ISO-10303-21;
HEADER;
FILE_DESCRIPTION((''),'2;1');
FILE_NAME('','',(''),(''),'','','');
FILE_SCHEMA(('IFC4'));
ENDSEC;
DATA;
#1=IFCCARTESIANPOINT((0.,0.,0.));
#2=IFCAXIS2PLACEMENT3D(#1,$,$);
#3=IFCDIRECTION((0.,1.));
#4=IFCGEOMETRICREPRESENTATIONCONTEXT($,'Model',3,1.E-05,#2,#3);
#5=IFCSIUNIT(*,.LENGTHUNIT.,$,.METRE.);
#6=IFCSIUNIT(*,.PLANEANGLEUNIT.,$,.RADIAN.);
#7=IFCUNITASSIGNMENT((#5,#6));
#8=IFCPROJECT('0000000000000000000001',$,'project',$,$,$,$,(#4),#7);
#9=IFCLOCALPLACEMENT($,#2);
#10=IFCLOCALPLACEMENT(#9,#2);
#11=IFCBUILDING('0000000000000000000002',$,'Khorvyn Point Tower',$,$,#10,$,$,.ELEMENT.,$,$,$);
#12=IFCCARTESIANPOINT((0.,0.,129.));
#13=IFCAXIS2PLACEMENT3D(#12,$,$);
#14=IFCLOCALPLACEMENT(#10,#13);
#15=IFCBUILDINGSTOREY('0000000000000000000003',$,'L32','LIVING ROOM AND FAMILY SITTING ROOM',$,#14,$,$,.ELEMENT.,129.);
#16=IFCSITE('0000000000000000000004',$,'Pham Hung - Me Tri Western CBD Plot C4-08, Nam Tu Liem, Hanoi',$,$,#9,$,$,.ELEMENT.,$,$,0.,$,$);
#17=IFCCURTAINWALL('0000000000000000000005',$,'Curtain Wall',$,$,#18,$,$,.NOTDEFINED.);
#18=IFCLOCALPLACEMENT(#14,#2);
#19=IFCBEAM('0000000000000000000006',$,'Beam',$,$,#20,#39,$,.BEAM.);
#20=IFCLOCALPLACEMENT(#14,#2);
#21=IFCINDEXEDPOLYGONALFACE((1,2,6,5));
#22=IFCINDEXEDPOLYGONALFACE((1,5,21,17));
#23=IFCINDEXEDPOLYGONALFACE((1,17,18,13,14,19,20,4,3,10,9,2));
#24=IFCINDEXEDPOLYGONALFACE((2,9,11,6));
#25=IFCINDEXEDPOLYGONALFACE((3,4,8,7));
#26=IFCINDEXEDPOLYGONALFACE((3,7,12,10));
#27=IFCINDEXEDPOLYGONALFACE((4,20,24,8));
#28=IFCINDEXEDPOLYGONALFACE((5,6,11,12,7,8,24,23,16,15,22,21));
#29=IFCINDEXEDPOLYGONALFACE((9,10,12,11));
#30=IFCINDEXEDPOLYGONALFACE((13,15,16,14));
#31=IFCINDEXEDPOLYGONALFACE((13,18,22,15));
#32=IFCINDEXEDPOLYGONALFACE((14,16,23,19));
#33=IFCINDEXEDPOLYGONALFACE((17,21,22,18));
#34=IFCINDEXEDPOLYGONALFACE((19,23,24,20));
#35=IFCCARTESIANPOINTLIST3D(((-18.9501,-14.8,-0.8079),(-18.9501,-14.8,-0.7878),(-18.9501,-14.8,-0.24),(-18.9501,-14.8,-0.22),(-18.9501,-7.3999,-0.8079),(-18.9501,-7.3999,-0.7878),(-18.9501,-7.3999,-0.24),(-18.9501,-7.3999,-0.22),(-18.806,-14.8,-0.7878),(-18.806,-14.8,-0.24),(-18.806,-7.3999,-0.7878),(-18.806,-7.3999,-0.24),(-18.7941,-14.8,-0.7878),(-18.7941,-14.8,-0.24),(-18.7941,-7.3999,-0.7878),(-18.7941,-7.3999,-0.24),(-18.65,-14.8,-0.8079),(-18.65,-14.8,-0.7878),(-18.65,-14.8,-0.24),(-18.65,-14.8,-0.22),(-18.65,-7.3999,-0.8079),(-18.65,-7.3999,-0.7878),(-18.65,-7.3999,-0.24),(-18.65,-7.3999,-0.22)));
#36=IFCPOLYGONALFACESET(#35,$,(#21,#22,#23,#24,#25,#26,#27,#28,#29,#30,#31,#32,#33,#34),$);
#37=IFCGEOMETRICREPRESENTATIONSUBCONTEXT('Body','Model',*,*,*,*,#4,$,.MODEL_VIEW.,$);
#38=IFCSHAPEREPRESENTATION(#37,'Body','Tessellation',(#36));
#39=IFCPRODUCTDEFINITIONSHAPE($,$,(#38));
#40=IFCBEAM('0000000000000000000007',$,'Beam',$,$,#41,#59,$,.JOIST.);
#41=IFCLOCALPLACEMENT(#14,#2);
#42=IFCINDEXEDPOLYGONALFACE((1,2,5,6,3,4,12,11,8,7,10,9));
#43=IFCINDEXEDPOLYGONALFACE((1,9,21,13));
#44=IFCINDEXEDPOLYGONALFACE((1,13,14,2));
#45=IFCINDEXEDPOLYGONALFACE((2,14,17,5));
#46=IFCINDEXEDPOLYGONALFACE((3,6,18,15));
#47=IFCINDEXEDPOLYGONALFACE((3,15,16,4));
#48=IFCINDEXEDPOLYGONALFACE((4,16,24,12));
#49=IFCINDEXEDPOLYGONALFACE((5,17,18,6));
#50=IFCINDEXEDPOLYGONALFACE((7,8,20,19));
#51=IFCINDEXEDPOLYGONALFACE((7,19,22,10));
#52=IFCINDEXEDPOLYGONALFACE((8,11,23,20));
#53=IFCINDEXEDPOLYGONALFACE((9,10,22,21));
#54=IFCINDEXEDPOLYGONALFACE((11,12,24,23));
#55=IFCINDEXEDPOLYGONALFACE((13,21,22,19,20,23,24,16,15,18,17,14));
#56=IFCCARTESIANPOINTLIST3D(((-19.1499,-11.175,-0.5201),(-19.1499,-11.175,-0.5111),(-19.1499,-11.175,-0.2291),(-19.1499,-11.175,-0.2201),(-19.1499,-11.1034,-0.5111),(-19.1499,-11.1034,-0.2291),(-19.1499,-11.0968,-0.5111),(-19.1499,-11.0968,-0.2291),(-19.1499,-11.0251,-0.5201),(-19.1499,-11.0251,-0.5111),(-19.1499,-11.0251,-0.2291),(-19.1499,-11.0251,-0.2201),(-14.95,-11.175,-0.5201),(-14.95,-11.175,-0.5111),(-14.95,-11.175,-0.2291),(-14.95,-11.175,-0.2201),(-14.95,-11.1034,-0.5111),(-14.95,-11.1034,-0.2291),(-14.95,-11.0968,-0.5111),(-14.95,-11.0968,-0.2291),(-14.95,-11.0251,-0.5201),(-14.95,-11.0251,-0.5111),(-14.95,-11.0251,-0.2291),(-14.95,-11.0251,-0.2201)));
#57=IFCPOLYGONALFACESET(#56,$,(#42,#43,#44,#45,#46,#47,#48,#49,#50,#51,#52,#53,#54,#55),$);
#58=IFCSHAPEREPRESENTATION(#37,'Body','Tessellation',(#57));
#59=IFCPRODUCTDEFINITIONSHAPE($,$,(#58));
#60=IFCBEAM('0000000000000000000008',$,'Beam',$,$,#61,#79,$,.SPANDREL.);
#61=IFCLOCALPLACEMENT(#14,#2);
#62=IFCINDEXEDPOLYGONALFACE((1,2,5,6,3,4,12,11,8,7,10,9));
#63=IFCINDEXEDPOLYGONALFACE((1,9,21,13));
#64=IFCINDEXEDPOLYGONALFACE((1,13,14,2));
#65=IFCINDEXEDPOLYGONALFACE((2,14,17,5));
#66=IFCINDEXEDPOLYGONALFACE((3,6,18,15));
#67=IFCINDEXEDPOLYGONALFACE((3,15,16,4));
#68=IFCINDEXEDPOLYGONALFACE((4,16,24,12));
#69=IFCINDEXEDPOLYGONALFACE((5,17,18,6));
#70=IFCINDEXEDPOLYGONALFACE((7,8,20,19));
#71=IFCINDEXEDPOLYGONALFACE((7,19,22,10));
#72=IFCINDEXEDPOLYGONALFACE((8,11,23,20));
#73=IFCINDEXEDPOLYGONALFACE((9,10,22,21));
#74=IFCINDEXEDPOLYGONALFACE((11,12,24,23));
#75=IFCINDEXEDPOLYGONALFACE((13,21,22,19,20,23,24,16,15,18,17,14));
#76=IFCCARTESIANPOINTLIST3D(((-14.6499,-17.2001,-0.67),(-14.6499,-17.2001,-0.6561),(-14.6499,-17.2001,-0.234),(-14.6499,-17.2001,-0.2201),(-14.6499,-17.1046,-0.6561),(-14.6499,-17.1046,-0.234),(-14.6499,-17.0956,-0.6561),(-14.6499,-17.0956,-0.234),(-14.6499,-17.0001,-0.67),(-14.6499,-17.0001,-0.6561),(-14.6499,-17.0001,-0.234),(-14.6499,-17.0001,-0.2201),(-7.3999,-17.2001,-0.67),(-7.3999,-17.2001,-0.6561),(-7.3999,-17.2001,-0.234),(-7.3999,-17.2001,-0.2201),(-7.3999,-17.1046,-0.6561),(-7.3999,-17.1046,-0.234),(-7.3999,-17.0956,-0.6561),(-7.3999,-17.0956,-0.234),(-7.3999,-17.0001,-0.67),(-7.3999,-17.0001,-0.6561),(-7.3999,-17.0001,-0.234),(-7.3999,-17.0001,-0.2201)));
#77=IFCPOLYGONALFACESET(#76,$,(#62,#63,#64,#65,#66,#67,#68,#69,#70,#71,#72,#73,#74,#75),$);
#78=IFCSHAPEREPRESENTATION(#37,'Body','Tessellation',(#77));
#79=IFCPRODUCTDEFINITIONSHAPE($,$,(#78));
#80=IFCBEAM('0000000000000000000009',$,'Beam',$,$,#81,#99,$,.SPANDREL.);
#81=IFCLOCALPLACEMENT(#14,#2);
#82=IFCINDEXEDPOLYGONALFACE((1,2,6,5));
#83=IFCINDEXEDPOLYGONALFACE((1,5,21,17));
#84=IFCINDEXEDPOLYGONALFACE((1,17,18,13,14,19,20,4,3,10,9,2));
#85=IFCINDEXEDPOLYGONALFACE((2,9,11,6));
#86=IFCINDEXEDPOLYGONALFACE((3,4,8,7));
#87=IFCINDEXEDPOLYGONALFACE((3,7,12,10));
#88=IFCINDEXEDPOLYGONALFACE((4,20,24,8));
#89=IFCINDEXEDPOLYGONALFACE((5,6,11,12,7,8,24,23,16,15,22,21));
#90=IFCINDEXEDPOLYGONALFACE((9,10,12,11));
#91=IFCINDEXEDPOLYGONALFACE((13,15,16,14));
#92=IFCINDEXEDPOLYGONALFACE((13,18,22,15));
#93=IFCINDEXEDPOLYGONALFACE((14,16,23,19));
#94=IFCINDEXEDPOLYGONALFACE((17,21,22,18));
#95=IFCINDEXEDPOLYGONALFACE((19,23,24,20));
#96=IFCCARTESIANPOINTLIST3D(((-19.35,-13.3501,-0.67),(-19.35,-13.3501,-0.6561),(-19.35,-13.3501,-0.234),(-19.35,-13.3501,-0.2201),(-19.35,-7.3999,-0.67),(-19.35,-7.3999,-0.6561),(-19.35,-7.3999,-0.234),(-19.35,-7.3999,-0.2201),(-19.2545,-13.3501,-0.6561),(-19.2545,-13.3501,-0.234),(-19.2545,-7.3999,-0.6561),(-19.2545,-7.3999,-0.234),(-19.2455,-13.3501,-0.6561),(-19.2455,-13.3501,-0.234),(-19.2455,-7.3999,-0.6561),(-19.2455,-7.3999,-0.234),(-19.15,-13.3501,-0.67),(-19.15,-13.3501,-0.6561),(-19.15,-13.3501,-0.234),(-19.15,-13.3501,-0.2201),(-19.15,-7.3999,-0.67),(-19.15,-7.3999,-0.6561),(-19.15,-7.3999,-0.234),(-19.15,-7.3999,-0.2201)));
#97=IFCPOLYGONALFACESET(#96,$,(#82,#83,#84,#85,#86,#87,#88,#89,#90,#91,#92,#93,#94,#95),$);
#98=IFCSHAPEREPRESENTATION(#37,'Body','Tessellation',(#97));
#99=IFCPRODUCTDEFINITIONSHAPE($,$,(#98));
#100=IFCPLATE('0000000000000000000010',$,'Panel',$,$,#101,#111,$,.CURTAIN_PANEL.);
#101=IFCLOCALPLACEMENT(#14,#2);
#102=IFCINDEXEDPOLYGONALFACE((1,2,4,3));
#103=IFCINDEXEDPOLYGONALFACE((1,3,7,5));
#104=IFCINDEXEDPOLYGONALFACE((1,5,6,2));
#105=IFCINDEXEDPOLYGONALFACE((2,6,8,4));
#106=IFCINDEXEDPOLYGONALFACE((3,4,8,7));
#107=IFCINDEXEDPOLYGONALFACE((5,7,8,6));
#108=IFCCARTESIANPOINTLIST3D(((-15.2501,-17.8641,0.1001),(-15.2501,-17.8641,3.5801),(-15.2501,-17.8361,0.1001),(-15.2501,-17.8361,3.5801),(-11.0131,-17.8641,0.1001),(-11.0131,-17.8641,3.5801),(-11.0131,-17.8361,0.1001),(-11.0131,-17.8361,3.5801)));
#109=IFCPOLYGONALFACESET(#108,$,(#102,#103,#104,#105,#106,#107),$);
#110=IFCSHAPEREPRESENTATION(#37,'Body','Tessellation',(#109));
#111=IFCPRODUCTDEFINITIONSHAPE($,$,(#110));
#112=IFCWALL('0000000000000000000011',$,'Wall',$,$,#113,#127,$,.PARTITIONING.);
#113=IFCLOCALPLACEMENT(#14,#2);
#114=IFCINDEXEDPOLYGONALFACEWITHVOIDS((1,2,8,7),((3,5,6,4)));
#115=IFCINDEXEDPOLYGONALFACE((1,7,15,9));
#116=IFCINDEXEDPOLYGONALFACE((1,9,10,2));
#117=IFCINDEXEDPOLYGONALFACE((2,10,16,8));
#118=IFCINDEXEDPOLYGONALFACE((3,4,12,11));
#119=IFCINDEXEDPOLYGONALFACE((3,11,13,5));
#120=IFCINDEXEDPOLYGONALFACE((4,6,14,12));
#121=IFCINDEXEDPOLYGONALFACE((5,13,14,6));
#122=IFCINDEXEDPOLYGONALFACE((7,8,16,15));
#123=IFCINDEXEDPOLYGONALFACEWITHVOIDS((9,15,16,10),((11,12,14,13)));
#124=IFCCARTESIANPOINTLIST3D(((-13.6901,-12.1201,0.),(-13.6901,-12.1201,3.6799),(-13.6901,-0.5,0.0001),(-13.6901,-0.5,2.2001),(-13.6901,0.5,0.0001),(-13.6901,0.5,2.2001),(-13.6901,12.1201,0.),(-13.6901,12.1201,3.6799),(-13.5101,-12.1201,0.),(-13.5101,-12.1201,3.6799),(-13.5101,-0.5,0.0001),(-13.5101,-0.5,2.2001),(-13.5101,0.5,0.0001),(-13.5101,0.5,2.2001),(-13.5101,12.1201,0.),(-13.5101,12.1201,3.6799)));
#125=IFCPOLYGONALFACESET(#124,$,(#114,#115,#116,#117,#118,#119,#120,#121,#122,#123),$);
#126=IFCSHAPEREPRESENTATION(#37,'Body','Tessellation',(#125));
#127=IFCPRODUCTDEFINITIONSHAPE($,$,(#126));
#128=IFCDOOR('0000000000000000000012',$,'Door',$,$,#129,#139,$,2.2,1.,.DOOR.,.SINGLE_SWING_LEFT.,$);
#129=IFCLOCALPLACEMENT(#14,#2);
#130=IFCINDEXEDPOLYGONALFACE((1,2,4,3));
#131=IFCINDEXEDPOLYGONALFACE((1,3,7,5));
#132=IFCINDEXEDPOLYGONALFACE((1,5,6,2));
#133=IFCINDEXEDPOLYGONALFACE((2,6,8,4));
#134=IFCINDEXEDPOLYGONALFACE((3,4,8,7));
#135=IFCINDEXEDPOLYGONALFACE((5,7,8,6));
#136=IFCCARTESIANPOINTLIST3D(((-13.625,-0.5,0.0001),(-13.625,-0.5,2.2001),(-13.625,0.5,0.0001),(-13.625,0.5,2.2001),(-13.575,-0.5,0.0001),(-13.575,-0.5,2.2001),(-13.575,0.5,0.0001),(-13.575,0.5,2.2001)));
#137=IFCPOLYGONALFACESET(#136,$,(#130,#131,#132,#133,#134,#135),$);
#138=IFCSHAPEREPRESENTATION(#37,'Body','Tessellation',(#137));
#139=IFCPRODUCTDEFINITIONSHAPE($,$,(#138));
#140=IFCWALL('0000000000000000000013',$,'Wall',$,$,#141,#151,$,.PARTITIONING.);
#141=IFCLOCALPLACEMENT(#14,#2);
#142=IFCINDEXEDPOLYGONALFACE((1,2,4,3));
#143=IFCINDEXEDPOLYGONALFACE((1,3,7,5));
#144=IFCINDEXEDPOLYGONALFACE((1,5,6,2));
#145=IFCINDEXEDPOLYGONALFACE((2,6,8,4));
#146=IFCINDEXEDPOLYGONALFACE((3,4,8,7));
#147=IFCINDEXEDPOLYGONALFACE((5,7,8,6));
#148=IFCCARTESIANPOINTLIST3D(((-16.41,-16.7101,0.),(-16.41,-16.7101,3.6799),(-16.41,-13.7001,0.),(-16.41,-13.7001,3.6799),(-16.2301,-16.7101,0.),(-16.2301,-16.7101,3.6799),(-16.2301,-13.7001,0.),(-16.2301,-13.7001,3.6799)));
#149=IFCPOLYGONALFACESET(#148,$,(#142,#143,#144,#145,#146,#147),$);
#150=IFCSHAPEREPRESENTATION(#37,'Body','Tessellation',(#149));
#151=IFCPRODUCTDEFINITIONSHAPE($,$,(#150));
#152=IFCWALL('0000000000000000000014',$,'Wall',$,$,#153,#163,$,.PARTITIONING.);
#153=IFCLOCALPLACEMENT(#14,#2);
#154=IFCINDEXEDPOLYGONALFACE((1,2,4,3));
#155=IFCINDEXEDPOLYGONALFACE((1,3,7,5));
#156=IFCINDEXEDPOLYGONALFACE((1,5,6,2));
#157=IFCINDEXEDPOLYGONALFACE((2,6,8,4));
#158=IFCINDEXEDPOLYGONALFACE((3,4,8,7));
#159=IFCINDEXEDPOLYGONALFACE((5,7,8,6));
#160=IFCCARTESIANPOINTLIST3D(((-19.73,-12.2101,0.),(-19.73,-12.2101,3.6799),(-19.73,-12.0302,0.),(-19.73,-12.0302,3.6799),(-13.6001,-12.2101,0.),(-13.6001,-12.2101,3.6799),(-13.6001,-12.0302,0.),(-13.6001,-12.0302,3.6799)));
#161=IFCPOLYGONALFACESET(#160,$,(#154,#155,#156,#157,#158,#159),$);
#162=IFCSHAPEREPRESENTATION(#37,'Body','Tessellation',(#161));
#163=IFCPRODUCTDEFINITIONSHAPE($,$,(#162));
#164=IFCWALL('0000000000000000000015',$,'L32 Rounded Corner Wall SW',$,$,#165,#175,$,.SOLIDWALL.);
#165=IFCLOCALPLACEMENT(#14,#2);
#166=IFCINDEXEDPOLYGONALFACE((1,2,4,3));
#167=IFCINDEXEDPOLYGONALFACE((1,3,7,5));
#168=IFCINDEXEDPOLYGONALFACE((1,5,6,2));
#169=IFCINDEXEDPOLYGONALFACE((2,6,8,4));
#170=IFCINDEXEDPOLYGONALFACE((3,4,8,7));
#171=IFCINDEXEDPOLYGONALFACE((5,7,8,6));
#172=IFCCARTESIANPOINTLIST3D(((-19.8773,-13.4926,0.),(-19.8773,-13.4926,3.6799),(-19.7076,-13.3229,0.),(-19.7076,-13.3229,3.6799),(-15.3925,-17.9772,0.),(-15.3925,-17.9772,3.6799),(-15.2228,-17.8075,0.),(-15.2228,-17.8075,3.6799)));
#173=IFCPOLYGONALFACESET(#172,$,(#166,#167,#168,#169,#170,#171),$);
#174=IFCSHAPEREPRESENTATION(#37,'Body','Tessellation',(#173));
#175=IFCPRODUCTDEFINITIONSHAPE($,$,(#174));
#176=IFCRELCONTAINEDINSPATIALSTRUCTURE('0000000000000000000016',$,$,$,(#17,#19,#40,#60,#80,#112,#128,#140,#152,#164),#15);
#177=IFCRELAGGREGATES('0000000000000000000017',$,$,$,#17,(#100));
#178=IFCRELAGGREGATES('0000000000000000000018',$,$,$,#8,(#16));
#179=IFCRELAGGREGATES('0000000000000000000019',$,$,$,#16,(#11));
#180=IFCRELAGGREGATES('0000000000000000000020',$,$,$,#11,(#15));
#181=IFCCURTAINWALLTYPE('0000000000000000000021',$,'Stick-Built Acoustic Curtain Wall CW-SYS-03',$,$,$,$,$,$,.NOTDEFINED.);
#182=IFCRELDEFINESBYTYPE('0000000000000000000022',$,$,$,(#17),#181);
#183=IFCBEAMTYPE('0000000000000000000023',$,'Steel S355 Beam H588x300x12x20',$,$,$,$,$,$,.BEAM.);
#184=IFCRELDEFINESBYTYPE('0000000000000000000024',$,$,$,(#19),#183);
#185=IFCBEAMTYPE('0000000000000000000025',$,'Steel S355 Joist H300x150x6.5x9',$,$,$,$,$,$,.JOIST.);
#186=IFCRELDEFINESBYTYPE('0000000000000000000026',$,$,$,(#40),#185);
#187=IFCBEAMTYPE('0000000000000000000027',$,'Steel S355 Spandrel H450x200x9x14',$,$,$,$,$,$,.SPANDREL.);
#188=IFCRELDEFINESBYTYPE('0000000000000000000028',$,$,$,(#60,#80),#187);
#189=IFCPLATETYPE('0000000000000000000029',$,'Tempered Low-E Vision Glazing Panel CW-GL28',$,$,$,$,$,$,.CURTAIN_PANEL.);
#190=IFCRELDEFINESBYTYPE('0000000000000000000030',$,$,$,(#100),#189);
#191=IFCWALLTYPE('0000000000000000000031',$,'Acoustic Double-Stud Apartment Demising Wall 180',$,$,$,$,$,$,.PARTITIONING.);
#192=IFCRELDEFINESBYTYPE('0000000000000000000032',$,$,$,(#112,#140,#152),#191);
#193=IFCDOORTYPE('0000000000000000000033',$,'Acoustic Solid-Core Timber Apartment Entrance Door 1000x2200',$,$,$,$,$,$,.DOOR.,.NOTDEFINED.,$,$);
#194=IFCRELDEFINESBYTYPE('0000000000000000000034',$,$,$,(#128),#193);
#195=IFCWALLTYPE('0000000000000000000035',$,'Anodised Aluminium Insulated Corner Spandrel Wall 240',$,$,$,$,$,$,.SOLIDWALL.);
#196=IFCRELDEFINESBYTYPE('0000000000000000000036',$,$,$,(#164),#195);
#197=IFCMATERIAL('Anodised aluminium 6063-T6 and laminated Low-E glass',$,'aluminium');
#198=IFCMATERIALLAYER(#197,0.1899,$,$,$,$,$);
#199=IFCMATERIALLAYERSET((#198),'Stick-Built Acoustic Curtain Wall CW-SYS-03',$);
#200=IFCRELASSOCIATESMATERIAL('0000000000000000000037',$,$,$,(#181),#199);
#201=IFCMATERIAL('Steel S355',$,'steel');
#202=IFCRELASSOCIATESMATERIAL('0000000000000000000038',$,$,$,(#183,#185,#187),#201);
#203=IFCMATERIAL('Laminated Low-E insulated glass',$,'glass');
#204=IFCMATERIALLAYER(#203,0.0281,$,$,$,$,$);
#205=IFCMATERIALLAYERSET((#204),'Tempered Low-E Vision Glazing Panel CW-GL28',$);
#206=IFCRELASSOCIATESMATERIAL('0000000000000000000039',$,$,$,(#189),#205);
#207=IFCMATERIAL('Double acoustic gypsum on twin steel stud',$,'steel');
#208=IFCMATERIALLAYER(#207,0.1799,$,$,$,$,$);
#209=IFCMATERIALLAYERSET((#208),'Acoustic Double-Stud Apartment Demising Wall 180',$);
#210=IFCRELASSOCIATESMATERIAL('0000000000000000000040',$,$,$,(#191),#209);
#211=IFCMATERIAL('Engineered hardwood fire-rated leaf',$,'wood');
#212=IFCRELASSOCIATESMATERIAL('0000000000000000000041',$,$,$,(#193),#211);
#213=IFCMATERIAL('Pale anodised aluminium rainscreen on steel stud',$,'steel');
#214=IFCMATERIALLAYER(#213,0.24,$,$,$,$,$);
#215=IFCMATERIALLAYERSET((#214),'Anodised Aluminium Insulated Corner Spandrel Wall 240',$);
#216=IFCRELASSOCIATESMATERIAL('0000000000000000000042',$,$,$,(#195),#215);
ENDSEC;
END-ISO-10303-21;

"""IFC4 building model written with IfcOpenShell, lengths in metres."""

from ifc_helpers import new_model, si_unit, direction, frame, frame_2d, origin, origin_2d, place, context, subcontext, project, spatial, rectangle, i_section, extrude, material, layer, layer_set, material_profile, profile_set, type_object, element, fill, aggregate, save


model = new_model("IFC4")

# Units and contexts
model_context = context("Model", 3, precision=1e-05, world=origin(), true_north=direction((0.0, 1.0)))
body_context = subcontext(model_context, "Body", "Model", "MODEL_VIEW")
ifc_project = project(units=[si_unit("LENGTHUNIT", "METRE"), si_unit("PLANEANGLEUNIT", "RADIAN")], contexts=[model_context])

# Site, building, storey
site_placement = place(None, origin())
site = spatial("IfcSite", under=ifc_project, at=site_placement, Name="Pham Hung - Me Tri Western CBD Plot C4-08, Nam Tu Liem, Hanoi", CompositionType="ELEMENT", RefElevation=0.0)
building_placement = place(site_placement, origin())
building = spatial("IfcBuilding", under=site, at=building_placement, Name="Khorvyn Point Tower", CompositionType="ELEMENT")
storey_placement = place(building_placement, frame((0.0, 0.0, 129.0)))
storey = spatial("IfcBuildingStorey", under=building, at=storey_placement, Name="L32", Description="LIVING ROOM AND FAMILY SITTING ROOM", CompositionType="ELEMENT", Elevation=129.0)

# Curtain wall
ifc_material_1 = material(Name="Anodised aluminium 6063-T6 and laminated Low-E glass", Category="aluminium")
ifc_layer_1 = layer(ifc_material_1, 0.1899)
ifc_layer_set_1 = layer_set([ifc_layer_1], Name="Stick-Built Acoustic Curtain Wall CW-SYS-03")
curtain_wall_type = type_object("IfcCurtainWallType", Name="Stick-Built Acoustic Curtain Wall CW-SYS-03", PredefinedType="NOTDEFINED", material=ifc_layer_set_1)
curtain_wall_1_placement = place(storey_placement, origin())
curtain_wall_1 = element("IfcCurtainWall", 1, at=curtain_wall_1_placement, inside=storey, type_object=curtain_wall_type, Name="Curtain Wall", PredefinedType="NOTDEFINED")

# Beams
ifc_material_2 = material(Name="Steel S355", Category="steel")
ifc_material_profile_1 = material_profile(ifc_material_2, i_section(OverallWidth=0.3, OverallDepth=0.5879, WebThickness=0.012, FlangeThickness=0.02, at=origin_2d()))
ifc_profile_set_1 = profile_set([ifc_material_profile_1], Name="Steel S355 H588x300x12x20")
beam_type_1 = type_object("IfcBeamType", Name="Steel S355 Beam H588x300x12x20", PredefinedType="BEAM", material=ifc_profile_set_1)
for number, where, z_axis, x_axis, name in (
    (2, (-18.8, -14.8, -0.5139), (0.0, 1.0, 0.0), (-1.0, 0.0, 0.0), "Beam"),
):
    element("IfcBeam", number, at=place(storey_placement, frame(where, z_axis=z_axis, x_axis=x_axis)), inside=storey, type_object=beam_type_1, Name=name, PredefinedType="BEAM", context=body_context, shape_type="SweptSolid", body=[
        extrude(i_section(OverallWidth=0.3, OverallDepth=0.5879, WebThickness=0.012, FlangeThickness=0.02, at=origin_2d()), origin(), (0.0, 0.0, 1.0), 7.4001),
    ])
ifc_material_profile_2 = material_profile(ifc_material_2, i_section(OverallWidth=0.1499, OverallDepth=0.3, WebThickness=0.0066, FlangeThickness=0.009, at=origin_2d()))
ifc_profile_set_2 = profile_set([ifc_material_profile_2], Name="Steel S355 H300x150x6.5x9")
beam_type_2 = type_object("IfcBeamType", Name="Steel S355 Joist H300x150x6.5x9", PredefinedType="JOIST", material=ifc_profile_set_2)
beam_1_placement = place(storey_placement, frame((-19.1499, -11.1001, -0.3701), z_axis=(1.0, 0.0, 0.0), x_axis=(0.0, 1.0, 0.0)))
element("IfcBeam", 3, at=beam_1_placement, inside=storey, type_object=beam_type_2, Name="Beam", PredefinedType="JOIST", context=body_context, shape_type="SweptSolid", body=[
    extrude(i_section(OverallWidth=0.1499, OverallDepth=0.3, WebThickness=0.0066, FlangeThickness=0.009, at=origin_2d()), origin(), (0.0, 0.0, 1.0), 4.2),
])
ifc_material_profile_3 = material_profile(ifc_material_2, i_section(OverallWidth=0.2, OverallDepth=0.45, WebThickness=0.009, FlangeThickness=0.0139, at=origin_2d()))
ifc_profile_set_3 = profile_set([ifc_material_profile_3], Name="Steel S355 H450x200x9x14")
beam_type_3 = type_object("IfcBeamType", Name="Steel S355 Spandrel H450x200x9x14", PredefinedType="SPANDREL", material=ifc_profile_set_3)
beam_2_placement = place(storey_placement, frame((-14.6499, -17.1001, -0.4451), z_axis=(1.0, 0.0, 0.0), x_axis=(0.0, 1.0, 0.0)))
element("IfcBeam", 4, at=beam_2_placement, inside=storey, type_object=beam_type_3, Name="Beam", PredefinedType="SPANDREL", context=body_context, shape_type="SweptSolid", body=[
    extrude(i_section(OverallWidth=0.2, OverallDepth=0.45, WebThickness=0.009, FlangeThickness=0.0139, at=origin_2d()), origin(), (0.0, 0.0, 1.0), 7.25),
])
beam_3_placement = place(storey_placement, frame((-19.25, -13.3501, -0.4451), z_axis=(0.0, 1.0, 0.0), x_axis=(-1.0, 0.0, 0.0)))
element("IfcBeam", 5, at=beam_3_placement, inside=storey, type_object=beam_type_3, Name="Beam", PredefinedType="SPANDREL", context=body_context, shape_type="SweptSolid", body=[
    extrude(i_section(OverallWidth=0.2, OverallDepth=0.45, WebThickness=0.009, FlangeThickness=0.0139, at=origin_2d()), origin(), (0.0, 0.0, 1.0), 5.9502),
])

# Plate
ifc_material_3 = material(Name="Laminated Low-E insulated glass", Category="glass")
ifc_layer_2 = layer(ifc_material_3, 0.0281)
ifc_layer_set_2 = layer_set([ifc_layer_2], Name="Tempered Low-E Vision Glazing Panel CW-GL28")
plate_type = type_object("IfcPlateType", Name="Tempered Low-E Vision Glazing Panel CW-GL28", PredefinedType="CURTAIN_PANEL", material=ifc_layer_set_2)
plate_placement = place(storey_placement, frame((-13.1316, -17.8501, 0.1001), z_axis=(0.0, 0.0, 1.0), x_axis=(-1.0, 0.0, 0.0)))
plate = element("IfcPlate", 6, at=plate_placement, type_object=plate_type, Name="Panel", PredefinedType="CURTAIN_PANEL", context=body_context, shape_type="SweptSolid", body=[
    extrude(rectangle(XDim=4.2371, YDim=0.0281, at=origin_2d()), origin(), (0.0, 0.0, 1.0), 3.48),
])
aggregate(curtain_wall_1, [plate])

# Wall, opening, door
ifc_material_4 = material(Name="Double acoustic gypsum on twin steel stud", Category="steel")
ifc_layer_3 = layer(ifc_material_4, 0.1799)
ifc_layer_set_3 = layer_set([ifc_layer_3], Name="Acoustic Double-Stud Apartment Demising Wall 180")
wall_type_1 = type_object("IfcWallType", Name="Acoustic Double-Stud Apartment Demising Wall 180", PredefinedType="PARTITIONING", material=ifc_layer_set_3)
wall_1_placement = place(storey_placement, frame((-13.6001, -12.1201, 0.0), z_axis=(0.0, 0.0, 1.0), x_axis=(0.0, 1.0, 0.0)))
wall_1 = element("IfcWall", 7, at=wall_1_placement, inside=storey, type_object=wall_type_1, Name="Wall", PredefinedType="PARTITIONING", context=body_context, shape_type="SweptSolid", body=[
    extrude(rectangle(XDim=24.2402, YDim=0.1799, at=frame_2d((12.1201, 0.0))), origin(), (0.0, 0.0, 1.0), 3.6799),
])
opening_1_placement = place(wall_1_placement, frame((11.6201, 0.0, 0.0)))
opening_1 = element("IfcOpeningElement", 8, at=opening_1_placement, cuts=wall_1, PredefinedType="OPENING", context=body_context, shape_type="SweptSolid", body=[
    extrude(rectangle(XDim=1.0, YDim=2.2, at=frame_2d((0.5, 1.1001))), frame((0.0, 0.0999, 0.0), z_axis=(0.0, -1.0, 0.0), x_axis=(1.0, 0.0, 0.0)), (0.0, 0.0, 1.0), 0.2),
])
ifc_material_5 = material(Name="Engineered hardwood fire-rated leaf", Category="wood")
door_type_1 = type_object("IfcDoorType", Name="Acoustic Solid-Core Timber Apartment Entrance Door 1000x2200", OperationType="NOTDEFINED", PredefinedType="DOOR", material=ifc_material_5)
door_1_placement = place(opening_1_placement, origin())
door_1 = element("IfcDoor", 9, at=door_1_placement, inside=storey, type_object=door_type_1, Name="Door", OperationType="SINGLE_SWING_LEFT", OverallHeight=2.2, OverallWidth=1.0, PredefinedType="DOOR", context=body_context, shape_type="SweptSolid", body=[
    extrude(rectangle(XDim=1.0, YDim=2.2, at=frame_2d((0.5, 1.1001))), frame((0.0, 0.0249, 0.0), z_axis=(0.0, -1.0, 0.0), x_axis=(1.0, 0.0, 0.0)), (0.0, 0.0, 1.0), 0.05),
])
fill(opening_1, door_1)

# Walls
wall_2_placement = place(storey_placement, frame((-16.3201, -16.71, 0.0), z_axis=(0.0, 0.0, 1.0), x_axis=(0.0, 1.0, 0.0)))
element("IfcWall", 10, at=wall_2_placement, inside=storey, type_object=wall_type_1, Name="Wall", PredefinedType="PARTITIONING", context=body_context, shape_type="SweptSolid", body=[
    extrude(rectangle(XDim=3.01, YDim=0.1799, at=frame_2d((1.5049, 0.0))), origin(), (0.0, 0.0, 1.0), 3.6799),
])
wall_3_placement = place(storey_placement, frame((-19.73, -12.1201, 0.0), z_axis=(0.0, 0.0, 1.0), x_axis=(1.0, 0.0, 0.0)))
element("IfcWall", 11, at=wall_3_placement, inside=storey, type_object=wall_type_1, Name="Wall", PredefinedType="PARTITIONING", context=body_context, shape_type="SweptSolid", body=[
    extrude(rectangle(XDim=6.1299, YDim=0.1799, at=frame_2d((3.0649, 0.0))), origin(), (0.0, 0.0, 1.0), 3.6799),
])
ifc_material_6 = material(Name="Pale anodised aluminium rainscreen on steel stud", Category="steel")
ifc_layer_4 = layer(ifc_material_6, 0.24)
ifc_layer_set_4 = layer_set([ifc_layer_4], Name="Anodised Aluminium Insulated Corner Spandrel Wall 240")
wall_type_2 = type_object("IfcWallType", Name="Anodised Aluminium Insulated Corner Spandrel Wall 240", PredefinedType="SOLIDWALL", material=ifc_layer_set_4)
wall_4_placement = place(storey_placement, frame((-15.3076, -17.8923, 0.0), z_axis=(0.0, 0.0, 1.0), x_axis=(-0.707126, 0.707088, 0.0)))
element("IfcWall", 12, at=wall_4_placement, inside=storey, type_object=wall_type_2, Name="L32 Rounded Corner Wall SW", PredefinedType="SOLIDWALL", context=body_context, shape_type="SweptSolid", body=[
    extrude(rectangle(XDim=6.3423, YDim=0.24, at=frame_2d((3.1711, 0.0))), origin(), (0.0, 0.0, 1.0), 3.6799),
])

save(model, "model.ifc")
